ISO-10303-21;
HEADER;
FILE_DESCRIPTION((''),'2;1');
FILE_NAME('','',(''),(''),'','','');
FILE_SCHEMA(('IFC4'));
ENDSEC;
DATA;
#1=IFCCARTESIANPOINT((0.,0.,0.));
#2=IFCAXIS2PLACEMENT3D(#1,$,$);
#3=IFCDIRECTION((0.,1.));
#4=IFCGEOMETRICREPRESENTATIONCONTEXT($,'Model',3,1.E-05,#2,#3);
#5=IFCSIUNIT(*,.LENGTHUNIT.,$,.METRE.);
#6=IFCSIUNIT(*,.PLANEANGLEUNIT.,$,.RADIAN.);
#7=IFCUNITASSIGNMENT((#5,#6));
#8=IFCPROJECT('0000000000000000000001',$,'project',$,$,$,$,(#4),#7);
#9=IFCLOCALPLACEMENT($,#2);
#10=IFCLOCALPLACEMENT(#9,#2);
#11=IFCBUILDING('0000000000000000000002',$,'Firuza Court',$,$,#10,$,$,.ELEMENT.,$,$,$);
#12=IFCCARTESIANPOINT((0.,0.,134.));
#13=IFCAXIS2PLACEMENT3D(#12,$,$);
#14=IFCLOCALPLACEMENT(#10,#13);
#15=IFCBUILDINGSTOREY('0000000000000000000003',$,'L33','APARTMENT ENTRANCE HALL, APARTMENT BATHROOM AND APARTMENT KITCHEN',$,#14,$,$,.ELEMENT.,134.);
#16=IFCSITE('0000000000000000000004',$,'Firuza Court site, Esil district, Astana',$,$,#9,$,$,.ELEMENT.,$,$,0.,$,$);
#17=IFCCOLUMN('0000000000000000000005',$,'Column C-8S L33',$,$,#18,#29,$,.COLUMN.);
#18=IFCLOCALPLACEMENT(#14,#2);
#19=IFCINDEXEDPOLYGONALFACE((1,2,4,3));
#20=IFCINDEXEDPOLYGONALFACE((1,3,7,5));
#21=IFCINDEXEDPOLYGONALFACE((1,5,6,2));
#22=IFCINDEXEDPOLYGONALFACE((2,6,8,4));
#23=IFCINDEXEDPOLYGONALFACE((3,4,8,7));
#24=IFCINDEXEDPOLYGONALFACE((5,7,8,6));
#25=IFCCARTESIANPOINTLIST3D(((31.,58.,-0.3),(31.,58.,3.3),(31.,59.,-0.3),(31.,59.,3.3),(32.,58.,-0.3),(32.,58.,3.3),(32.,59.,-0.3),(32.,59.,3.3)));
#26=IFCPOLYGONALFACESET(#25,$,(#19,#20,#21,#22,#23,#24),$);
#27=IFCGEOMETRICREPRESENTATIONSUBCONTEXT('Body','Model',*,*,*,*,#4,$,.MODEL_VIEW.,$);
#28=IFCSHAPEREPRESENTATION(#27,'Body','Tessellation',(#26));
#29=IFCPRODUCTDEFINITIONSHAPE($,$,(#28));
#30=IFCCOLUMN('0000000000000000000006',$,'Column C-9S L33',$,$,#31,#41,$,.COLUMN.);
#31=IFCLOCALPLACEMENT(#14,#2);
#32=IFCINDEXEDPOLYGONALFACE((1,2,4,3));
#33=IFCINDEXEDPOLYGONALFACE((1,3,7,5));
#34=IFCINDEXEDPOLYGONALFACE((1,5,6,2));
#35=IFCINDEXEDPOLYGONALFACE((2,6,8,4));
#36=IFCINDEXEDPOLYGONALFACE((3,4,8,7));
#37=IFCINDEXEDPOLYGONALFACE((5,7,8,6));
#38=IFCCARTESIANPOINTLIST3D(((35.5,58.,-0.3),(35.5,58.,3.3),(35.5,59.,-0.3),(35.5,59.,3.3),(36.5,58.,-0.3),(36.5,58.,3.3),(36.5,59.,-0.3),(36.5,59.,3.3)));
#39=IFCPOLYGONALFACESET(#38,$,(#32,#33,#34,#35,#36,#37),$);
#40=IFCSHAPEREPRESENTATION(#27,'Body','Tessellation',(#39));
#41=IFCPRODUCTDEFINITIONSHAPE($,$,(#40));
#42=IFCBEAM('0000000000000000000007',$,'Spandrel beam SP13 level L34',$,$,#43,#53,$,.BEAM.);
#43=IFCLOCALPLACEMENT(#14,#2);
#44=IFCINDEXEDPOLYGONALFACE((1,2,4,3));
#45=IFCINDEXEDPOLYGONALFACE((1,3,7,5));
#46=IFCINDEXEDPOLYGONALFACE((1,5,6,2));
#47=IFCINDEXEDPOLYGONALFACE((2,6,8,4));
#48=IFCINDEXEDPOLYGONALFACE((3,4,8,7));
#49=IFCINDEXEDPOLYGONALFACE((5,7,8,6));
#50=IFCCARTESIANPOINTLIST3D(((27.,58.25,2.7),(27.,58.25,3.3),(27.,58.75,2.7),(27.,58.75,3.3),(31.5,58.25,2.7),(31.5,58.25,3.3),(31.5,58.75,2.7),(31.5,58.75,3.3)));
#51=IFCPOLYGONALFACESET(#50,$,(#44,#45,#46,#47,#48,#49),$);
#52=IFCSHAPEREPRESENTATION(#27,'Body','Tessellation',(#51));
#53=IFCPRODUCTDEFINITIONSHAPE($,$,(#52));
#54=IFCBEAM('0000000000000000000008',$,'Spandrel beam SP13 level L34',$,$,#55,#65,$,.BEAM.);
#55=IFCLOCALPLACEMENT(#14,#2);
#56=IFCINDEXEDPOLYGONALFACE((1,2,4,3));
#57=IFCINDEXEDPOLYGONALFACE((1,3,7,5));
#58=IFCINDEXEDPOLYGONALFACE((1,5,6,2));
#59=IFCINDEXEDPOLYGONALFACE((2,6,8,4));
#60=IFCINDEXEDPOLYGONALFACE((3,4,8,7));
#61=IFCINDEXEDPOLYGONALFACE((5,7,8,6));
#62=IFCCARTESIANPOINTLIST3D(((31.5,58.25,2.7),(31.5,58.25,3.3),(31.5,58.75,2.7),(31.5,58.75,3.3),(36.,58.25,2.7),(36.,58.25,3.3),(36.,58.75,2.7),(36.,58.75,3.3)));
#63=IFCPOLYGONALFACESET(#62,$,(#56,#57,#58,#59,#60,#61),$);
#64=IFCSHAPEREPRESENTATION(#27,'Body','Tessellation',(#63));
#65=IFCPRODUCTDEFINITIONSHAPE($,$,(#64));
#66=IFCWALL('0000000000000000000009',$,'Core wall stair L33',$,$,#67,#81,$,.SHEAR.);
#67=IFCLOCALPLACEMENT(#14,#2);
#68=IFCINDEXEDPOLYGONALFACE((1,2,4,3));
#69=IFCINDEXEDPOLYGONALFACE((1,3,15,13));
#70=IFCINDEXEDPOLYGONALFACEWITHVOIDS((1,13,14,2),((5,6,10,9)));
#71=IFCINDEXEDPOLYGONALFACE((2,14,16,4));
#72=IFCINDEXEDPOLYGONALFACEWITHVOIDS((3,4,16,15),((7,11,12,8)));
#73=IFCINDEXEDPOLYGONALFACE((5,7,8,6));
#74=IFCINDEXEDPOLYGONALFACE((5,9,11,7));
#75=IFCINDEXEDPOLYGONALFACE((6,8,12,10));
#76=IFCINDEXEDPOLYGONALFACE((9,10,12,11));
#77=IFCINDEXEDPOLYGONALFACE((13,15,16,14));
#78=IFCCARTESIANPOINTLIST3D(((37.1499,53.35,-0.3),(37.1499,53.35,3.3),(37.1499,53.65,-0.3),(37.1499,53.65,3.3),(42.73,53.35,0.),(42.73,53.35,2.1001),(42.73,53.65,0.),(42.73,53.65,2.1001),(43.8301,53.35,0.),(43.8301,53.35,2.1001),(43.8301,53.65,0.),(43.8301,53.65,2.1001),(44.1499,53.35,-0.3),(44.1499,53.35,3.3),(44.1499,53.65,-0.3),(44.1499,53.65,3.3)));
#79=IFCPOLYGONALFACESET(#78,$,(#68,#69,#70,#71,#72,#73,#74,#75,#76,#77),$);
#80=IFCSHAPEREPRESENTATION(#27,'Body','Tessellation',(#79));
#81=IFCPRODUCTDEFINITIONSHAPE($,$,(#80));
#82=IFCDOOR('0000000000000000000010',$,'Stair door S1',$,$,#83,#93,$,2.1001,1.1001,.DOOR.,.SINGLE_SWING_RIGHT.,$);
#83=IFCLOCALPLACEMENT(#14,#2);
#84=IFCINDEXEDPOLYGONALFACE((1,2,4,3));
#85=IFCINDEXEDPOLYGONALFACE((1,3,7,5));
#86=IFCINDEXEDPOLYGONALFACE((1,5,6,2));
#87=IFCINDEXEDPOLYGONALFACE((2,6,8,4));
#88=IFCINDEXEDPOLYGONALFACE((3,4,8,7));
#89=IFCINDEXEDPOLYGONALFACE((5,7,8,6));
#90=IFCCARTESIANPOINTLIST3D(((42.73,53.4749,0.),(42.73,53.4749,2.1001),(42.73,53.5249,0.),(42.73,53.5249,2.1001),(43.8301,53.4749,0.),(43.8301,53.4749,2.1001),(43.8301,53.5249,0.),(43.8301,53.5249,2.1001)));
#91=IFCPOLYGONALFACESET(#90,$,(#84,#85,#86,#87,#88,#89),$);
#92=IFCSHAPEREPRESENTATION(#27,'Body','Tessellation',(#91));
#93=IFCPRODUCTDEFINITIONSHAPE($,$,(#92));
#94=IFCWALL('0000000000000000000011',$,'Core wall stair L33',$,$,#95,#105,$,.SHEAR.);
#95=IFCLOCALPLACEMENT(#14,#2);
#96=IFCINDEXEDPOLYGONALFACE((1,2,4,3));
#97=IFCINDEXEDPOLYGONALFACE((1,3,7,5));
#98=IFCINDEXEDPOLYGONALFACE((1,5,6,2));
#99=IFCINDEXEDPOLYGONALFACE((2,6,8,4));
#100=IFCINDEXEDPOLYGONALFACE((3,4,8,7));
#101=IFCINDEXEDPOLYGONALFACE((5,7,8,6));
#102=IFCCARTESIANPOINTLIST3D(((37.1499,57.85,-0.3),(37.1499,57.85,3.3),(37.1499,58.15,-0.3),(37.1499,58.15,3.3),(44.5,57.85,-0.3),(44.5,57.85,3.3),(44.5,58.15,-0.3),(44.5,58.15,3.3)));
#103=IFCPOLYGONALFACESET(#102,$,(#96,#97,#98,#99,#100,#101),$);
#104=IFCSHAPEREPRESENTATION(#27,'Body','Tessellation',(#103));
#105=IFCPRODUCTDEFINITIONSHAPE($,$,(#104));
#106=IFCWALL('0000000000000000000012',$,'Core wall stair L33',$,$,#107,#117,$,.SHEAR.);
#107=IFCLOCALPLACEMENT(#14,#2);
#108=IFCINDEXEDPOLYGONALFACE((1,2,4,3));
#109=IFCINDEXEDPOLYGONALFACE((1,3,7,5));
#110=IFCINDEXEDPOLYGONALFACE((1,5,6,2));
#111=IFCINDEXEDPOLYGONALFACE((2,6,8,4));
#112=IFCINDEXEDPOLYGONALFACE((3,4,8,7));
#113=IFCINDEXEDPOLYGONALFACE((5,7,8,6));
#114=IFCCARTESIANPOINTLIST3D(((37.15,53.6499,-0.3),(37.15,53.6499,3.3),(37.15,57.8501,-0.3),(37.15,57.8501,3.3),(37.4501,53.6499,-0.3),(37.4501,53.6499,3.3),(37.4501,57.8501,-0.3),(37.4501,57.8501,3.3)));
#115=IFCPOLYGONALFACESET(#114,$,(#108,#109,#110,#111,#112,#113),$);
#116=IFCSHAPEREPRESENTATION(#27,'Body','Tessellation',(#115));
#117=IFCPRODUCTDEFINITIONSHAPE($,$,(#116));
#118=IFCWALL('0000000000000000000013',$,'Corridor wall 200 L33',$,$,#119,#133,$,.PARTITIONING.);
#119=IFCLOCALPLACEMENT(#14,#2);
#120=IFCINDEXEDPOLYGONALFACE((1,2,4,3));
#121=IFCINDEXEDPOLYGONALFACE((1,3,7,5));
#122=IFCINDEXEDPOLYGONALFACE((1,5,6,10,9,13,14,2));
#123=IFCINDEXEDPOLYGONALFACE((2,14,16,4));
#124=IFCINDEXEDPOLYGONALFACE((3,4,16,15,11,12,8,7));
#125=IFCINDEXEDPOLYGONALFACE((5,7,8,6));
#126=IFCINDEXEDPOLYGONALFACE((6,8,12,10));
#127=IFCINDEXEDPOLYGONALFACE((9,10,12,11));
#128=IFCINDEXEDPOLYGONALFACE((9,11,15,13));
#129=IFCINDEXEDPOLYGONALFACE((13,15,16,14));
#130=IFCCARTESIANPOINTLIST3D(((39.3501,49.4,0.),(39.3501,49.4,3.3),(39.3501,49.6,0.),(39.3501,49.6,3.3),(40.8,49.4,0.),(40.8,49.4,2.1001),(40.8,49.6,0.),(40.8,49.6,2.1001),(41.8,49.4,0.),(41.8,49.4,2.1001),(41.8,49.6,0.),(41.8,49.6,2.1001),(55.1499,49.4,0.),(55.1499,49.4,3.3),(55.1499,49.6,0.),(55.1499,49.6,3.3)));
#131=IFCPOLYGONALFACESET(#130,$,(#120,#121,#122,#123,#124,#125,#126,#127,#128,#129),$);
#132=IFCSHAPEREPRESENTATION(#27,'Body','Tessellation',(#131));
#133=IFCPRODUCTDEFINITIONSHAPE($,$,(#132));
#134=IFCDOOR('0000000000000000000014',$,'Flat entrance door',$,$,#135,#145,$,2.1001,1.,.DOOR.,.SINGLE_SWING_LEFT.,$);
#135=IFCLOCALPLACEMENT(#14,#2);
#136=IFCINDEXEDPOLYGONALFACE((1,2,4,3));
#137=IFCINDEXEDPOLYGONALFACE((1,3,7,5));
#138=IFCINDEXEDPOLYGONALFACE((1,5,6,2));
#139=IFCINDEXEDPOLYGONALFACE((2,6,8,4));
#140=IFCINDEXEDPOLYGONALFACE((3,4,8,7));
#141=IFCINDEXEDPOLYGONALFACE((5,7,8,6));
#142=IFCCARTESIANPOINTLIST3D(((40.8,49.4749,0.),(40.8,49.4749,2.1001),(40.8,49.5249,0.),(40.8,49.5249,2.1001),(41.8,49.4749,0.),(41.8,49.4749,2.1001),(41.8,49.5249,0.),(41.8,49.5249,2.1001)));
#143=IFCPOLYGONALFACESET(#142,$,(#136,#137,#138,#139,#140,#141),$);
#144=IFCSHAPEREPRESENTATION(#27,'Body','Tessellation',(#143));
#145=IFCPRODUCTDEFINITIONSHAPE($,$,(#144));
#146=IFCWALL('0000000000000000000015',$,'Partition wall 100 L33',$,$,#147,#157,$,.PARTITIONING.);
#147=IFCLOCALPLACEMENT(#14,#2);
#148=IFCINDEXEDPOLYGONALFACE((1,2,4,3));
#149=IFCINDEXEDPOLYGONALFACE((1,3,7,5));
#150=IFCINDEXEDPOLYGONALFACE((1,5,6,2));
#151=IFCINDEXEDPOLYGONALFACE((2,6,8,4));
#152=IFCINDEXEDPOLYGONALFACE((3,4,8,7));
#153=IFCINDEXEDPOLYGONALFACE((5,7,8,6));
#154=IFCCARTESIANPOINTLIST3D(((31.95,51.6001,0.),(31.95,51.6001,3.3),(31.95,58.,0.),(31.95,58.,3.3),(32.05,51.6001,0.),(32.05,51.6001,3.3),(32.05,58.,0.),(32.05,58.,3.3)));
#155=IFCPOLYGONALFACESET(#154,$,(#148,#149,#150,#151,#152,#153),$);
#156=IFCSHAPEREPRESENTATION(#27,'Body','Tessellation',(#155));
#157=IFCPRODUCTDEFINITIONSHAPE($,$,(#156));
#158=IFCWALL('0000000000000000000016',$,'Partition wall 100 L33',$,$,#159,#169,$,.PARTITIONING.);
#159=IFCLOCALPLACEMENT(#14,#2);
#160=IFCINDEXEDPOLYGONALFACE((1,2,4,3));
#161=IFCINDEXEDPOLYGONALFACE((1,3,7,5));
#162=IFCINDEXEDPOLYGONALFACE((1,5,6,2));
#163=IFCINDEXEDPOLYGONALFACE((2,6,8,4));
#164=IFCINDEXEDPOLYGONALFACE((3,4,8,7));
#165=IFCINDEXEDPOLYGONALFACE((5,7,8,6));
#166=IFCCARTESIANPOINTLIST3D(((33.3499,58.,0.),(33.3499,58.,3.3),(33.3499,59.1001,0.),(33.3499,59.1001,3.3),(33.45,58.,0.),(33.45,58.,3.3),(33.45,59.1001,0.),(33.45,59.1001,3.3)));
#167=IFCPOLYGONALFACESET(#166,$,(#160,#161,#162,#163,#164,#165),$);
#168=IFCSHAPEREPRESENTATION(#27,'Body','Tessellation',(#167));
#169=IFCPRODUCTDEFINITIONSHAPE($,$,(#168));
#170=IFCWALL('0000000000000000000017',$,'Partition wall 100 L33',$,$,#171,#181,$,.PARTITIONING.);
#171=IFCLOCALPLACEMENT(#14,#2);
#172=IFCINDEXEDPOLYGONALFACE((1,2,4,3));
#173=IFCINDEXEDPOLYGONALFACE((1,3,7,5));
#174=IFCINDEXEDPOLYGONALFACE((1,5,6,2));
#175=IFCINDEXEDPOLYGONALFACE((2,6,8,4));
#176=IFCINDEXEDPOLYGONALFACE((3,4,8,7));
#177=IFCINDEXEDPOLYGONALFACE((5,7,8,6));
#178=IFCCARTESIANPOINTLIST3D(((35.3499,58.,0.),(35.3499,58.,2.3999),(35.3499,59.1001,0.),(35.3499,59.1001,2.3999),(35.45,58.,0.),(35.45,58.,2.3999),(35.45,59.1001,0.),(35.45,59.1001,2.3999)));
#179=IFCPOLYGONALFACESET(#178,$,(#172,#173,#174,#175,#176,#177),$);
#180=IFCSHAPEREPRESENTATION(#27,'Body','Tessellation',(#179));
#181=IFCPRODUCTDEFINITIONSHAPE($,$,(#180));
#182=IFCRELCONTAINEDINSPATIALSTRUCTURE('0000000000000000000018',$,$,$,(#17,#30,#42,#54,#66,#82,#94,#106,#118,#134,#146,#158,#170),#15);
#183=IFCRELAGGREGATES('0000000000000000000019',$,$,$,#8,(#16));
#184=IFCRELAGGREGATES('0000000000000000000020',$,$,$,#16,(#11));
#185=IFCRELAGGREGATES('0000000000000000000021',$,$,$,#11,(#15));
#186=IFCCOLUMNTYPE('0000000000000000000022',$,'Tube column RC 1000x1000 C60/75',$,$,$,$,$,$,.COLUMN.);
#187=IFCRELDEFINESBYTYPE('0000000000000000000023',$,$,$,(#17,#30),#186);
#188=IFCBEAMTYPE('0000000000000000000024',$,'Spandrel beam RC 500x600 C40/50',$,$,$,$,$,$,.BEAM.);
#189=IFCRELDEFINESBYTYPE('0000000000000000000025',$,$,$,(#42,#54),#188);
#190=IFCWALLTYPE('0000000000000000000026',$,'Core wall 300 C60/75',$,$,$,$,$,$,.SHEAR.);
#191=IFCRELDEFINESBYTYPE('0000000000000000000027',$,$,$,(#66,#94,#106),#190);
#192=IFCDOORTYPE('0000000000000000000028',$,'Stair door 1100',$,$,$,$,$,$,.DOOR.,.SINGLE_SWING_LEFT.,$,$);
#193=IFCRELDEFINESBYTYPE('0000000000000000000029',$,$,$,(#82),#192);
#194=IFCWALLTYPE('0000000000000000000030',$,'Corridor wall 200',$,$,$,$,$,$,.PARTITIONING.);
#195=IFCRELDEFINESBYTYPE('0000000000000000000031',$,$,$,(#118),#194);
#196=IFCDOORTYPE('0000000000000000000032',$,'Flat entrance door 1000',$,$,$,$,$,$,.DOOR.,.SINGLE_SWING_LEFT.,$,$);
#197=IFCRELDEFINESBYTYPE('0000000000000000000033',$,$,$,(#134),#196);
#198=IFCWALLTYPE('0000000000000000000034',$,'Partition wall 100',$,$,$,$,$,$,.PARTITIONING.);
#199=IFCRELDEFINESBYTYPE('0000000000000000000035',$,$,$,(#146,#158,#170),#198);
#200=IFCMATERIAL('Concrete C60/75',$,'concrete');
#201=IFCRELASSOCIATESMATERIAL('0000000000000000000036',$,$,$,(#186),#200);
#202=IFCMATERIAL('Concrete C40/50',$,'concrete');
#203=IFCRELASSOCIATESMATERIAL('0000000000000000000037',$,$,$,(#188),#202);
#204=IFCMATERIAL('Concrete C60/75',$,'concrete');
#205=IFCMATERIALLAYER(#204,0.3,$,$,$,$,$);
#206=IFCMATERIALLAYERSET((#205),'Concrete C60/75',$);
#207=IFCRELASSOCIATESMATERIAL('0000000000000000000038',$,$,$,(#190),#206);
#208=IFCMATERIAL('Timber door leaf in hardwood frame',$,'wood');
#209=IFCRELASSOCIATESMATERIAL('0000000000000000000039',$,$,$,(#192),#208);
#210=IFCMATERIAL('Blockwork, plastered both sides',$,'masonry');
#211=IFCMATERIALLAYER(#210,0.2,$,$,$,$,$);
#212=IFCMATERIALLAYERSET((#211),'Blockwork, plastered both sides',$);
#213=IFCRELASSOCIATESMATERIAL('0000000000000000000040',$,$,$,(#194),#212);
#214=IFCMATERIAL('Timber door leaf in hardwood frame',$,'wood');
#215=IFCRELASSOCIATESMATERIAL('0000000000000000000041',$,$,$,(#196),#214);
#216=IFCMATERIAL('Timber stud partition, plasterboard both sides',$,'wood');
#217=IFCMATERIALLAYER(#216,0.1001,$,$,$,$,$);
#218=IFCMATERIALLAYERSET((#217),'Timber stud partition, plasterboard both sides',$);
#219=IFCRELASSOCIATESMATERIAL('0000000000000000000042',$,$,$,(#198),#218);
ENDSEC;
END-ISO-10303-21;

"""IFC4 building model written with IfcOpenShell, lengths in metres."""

from ifc_helpers import new_model, si_unit, direction, frame, frame_2d, origin, origin_2d, place, context, subcontext, project, spatial, rectangle, extrude, material, layer, layer_set, material_profile, profile_set, type_object, element, fill, save


model = new_model("IFC4")

# Units and contexts
model_context = context("Model", 3, precision=1e-05, world=origin(), true_north=direction((0.0, 1.0)))
body_context = subcontext(model_context, "Body", "Model", "MODEL_VIEW")
ifc_project = project(units=[si_unit("LENGTHUNIT", "METRE"), si_unit("PLANEANGLEUNIT", "RADIAN")], contexts=[model_context])

# Site, building, storey
site_placement = place(None, origin())
site = spatial("IfcSite", under=ifc_project, at=site_placement, Name="Firuza Court site, Esil district, Astana", CompositionType="ELEMENT", RefElevation=0.0)
building_placement = place(site_placement, origin())
building = spatial("IfcBuilding", under=site, at=building_placement, Name="Firuza Court", CompositionType="ELEMENT")
storey_placement = place(building_placement, frame((0.0, 0.0, 134.0)))
storey = spatial("IfcBuildingStorey", under=building, at=storey_placement, Name="L33", Description="APARTMENT ENTRANCE HALL, APARTMENT BATHROOM AND APARTMENT KITCHEN", CompositionType="ELEMENT", Elevation=134.0)

# Columns
ifc_material_1 = material(Name="Concrete C60/75", Category="concrete")
ifc_material_profile_1 = material_profile(ifc_material_1, rectangle(XDim=1.0, YDim=1.0, at=origin_2d()), Name="RC 1000x1000")
ifc_profile_set_1 = profile_set([ifc_material_profile_1], Name="Concrete C60/75")
column_type = type_object("IfcColumnType", Name="Tube column RC 1000x1000 C60/75", PredefinedType="COLUMN", material=ifc_profile_set_1)
for number, where, z_axis, x_axis, name in (
    (1, (31.5, 58.5, -0.3), (0.0, 0.0, 1.0), (1.0, 0.0, 0.0), "Column C-8S L33"),
    (2, (36.0, 58.5, -0.3), (0.0, 0.0, 1.0), (1.0, 0.0, 0.0), "Column C-9S L33"),
):
    element("IfcColumn", number, at=place(storey_placement, frame(where, z_axis=z_axis, x_axis=x_axis)), inside=storey, type_object=column_type, Name=name, PredefinedType="COLUMN", context=body_context, shape_type="SweptSolid", body=[
        extrude(rectangle(XDim=1.0, YDim=1.0, at=origin_2d()), origin(), (0.0, 0.0, 1.0), 3.6001),
    ])

# Beams
ifc_material_2 = material(Name="Concrete C40/50", Category="concrete")
ifc_material_profile_2 = material_profile(ifc_material_2, rectangle(XDim=0.5, YDim=0.6001, at=origin_2d()), Name="RC 500x600")
ifc_profile_set_2 = profile_set([ifc_material_profile_2], Name="Concrete C40/50")
beam_type = type_object("IfcBeamType", Name="Spandrel beam RC 500x600 C40/50", PredefinedType="BEAM", material=ifc_profile_set_2)
for number, where, z_axis, x_axis, name in (
    (3, (31.5, 58.5, 3.0), (-1.0, 0.0, 0.0), (0.0, -1.0, 0.0), "Spandrel beam SP13 level L34"),
    (4, (36.0, 58.5, 3.0), (-1.0, 0.0, 0.0), (0.0, -1.0, 0.0), "Spandrel beam SP13 level L34"),
):
    element("IfcBeam", number, at=place(storey_placement, frame(where, z_axis=z_axis, x_axis=x_axis)), inside=storey, type_object=beam_type, Name=name, PredefinedType="BEAM", context=body_context, shape_type="SweptSolid", body=[
        extrude(rectangle(XDim=0.5, YDim=0.6001, at=origin_2d()), origin(), (0.0, 0.0, 1.0), 4.5),
    ])

# Wall, opening, door
ifc_material_3 = material(Name="Concrete C60/75", Category="concrete")
ifc_layer_1 = layer(ifc_material_3, 0.3)
ifc_layer_set_1 = layer_set([ifc_layer_1], Name="Concrete C60/75")
wall_type_1 = type_object("IfcWallType", Name="Core wall 300 C60/75", PredefinedType="SHEAR", material=ifc_layer_set_1)
wall_1_placement = place(storey_placement, frame((37.1499, 53.5, -0.3), z_axis=(0.0, 0.0, 1.0), x_axis=(1.0, 0.0, 0.0)))
wall_1 = element("IfcWall", 5, at=wall_1_placement, inside=storey, type_object=wall_type_1, Name="Core wall stair L33", PredefinedType="SHEAR", context=body_context, shape_type="SweptSolid", body=[
    extrude(rectangle(XDim=7.0, YDim=0.3, at=frame_2d((3.5, 0.0))), origin(), (0.0, 0.0, 1.0), 3.6001),
])
opening_1_placement = place(wall_1_placement, frame((5.5801, 0.0, 0.3)))
opening_1 = element("IfcOpeningElement", 6, at=opening_1_placement, cuts=wall_1, PredefinedType="OPENING", context=body_context, shape_type="SweptSolid", body=[
    extrude(rectangle(XDim=1.1001, YDim=2.1001, at=frame_2d((0.55, 1.05))), frame((0.0, 0.1621, 0.0), z_axis=(0.0, -1.0, 0.0), x_axis=(1.0, 0.0, 0.0)), (0.0, 0.0, 1.0), 0.324),
])
ifc_material_4 = material(Name="Timber door leaf in hardwood frame", Category="wood")
door_type_1 = type_object("IfcDoorType", Name="Stair door 1100", OperationType="SINGLE_SWING_LEFT", PredefinedType="DOOR", material=ifc_material_4)
door_1_placement = place(opening_1_placement, origin())
door_1 = element("IfcDoor", 7, at=door_1_placement, inside=storey, type_object=door_type_1, Name="Stair door S1", OperationType="SINGLE_SWING_RIGHT", OverallHeight=2.1001, OverallWidth=1.1001, PredefinedType="DOOR", context=body_context, shape_type="SweptSolid", body=[
    extrude(rectangle(XDim=1.1001, YDim=2.1001, at=frame_2d((0.55, 1.05))), frame((0.0, 0.0249, 0.0), z_axis=(0.0, -1.0, 0.0), x_axis=(1.0, 0.0, 0.0)), (0.0, 0.0, 1.0), 0.05),
])
fill(opening_1, door_1)

# Walls
wall_2_placement = place(storey_placement, frame((37.1499, 58.0, -0.3), z_axis=(0.0, 0.0, 1.0), x_axis=(1.0, 0.0, 0.0)))
element("IfcWall", 8, at=wall_2_placement, inside=storey, type_object=wall_type_1, Name="Core wall stair L33", PredefinedType="SHEAR", context=body_context, shape_type="SweptSolid", body=[
    extrude(rectangle(XDim=7.3501, YDim=0.3, at=frame_2d((3.675, 0.0))), origin(), (0.0, 0.0, 1.0), 3.6001),
])
wall_3_placement = place(storey_placement, frame((37.3, 53.6499, -0.3), z_axis=(0.0, 0.0, 1.0), x_axis=(0.0, 1.0, 0.0)))
element("IfcWall", 9, at=wall_3_placement, inside=storey, type_object=wall_type_1, Name="Core wall stair L33", PredefinedType="SHEAR", context=body_context, shape_type="SweptSolid", body=[
    extrude(rectangle(XDim=4.2002, YDim=0.3, at=frame_2d((2.1001, 0.0))), origin(), (0.0, 0.0, 1.0), 3.6001),
])

# Wall, opening, door
ifc_material_5 = material(Name="Blockwork, plastered both sides", Category="masonry")
ifc_layer_2 = layer(ifc_material_5, 0.2)
ifc_layer_set_2 = layer_set([ifc_layer_2], Name="Blockwork, plastered both sides")
wall_type_2 = type_object("IfcWallType", Name="Corridor wall 200", PredefinedType="PARTITIONING", material=ifc_layer_set_2)
wall_4_placement = place(storey_placement, frame((39.3501, 49.5, 0.0), z_axis=(0.0, 0.0, 1.0), x_axis=(1.0, 0.0, 0.0)))
wall_4 = element("IfcWall", 10, at=wall_4_placement, inside=storey, type_object=wall_type_2, Name="Corridor wall 200 L33", PredefinedType="PARTITIONING", context=body_context, shape_type="SweptSolid", body=[
    extrude(rectangle(XDim=15.7998, YDim=0.2, at=frame_2d((7.8999, 0.0))), origin(), (0.0, 0.0, 1.0), 3.3),
])
opening_2_placement = place(wall_4_placement, frame((1.45, 0.0, 0.0)))
opening_2 = element("IfcOpeningElement", 11, at=opening_2_placement, cuts=wall_4, PredefinedType="OPENING", context=body_context, shape_type="SweptSolid", body=[
    extrude(rectangle(XDim=1.0, YDim=2.1001, at=frame_2d((0.5, 1.05))), frame((0.0, 0.1118, 0.0), z_axis=(0.0, -1.0, 0.0), x_axis=(1.0, 0.0, 0.0)), (0.0, 0.0, 1.0), 0.2239),
])
ifc_material_6 = material(Name="Timber door leaf in hardwood frame", Category="wood")
door_type_2 = type_object("IfcDoorType", Name="Flat entrance door 1000", OperationType="SINGLE_SWING_LEFT", PredefinedType="DOOR", material=ifc_material_6)
door_2_placement = place(opening_2_placement, origin())
door_2 = element("IfcDoor", 12, at=door_2_placement, inside=storey, type_object=door_type_2, Name="Flat entrance door", OperationType="SINGLE_SWING_LEFT", OverallHeight=2.1001, OverallWidth=1.0, PredefinedType="DOOR", context=body_context, shape_type="SweptSolid", body=[
    extrude(rectangle(XDim=1.0, YDim=2.1001, at=frame_2d((0.5, 1.05))), frame((0.0, 0.0249, 0.0), z_axis=(0.0, -1.0, 0.0), x_axis=(1.0, 0.0, 0.0)), (0.0, 0.0, 1.0), 0.05),
])
fill(opening_2, door_2)

# Walls
ifc_material_7 = material(Name="Timber stud partition, plasterboard both sides", Category="wood")
ifc_layer_3 = layer(ifc_material_7, 0.1001)
ifc_layer_set_3 = layer_set([ifc_layer_3], Name="Timber stud partition, plasterboard both sides")
wall_type_3 = type_object("IfcWallType", Name="Partition wall 100", PredefinedType="PARTITIONING", material=ifc_layer_set_3)
wall_5_placement = place(storey_placement, frame((32.0, 51.6001, 0.0), z_axis=(0.0, 0.0, 1.0), x_axis=(0.0, 1.0, 0.0)))
element("IfcWall", 13, at=wall_5_placement, inside=storey, type_object=wall_type_3, Name="Partition wall 100 L33", PredefinedType="PARTITIONING", context=body_context, shape_type="SweptSolid", body=[
    extrude(rectangle(XDim=6.3999, YDim=0.1001, at=frame_2d((3.2, 0.0))), origin(), (0.0, 0.0, 1.0), 3.3),
])
wall_6_placement = place(storey_placement, frame((33.3999, 58.0, 0.0), z_axis=(0.0, 0.0, 1.0), x_axis=(0.0, 1.0, 0.0)))
element("IfcWall", 14, at=wall_6_placement, inside=storey, type_object=wall_type_3, Name="Partition wall 100 L33", PredefinedType="PARTITIONING", context=body_context, shape_type="SweptSolid", body=[
    extrude(rectangle(XDim=1.1001, YDim=0.1001, at=frame_2d((0.55, 0.0))), origin(), (0.0, 0.0, 1.0), 3.3),
])
wall_7_placement = place(storey_placement, frame((35.3999, 58.0, 0.0), z_axis=(0.0, 0.0, 1.0), x_axis=(0.0, 1.0, 0.0)))
element("IfcWall", 15, at=wall_7_placement, inside=storey, type_object=wall_type_3, Name="Partition wall 100 L33", PredefinedType="PARTITIONING", context=body_context, shape_type="SweptSolid", body=[
    extrude(rectangle(XDim=1.1001, YDim=0.1001, at=frame_2d((0.55, 0.0))), origin(), (0.0, 0.0, 1.0), 2.3999),
])

save(model, "model.ifc")
